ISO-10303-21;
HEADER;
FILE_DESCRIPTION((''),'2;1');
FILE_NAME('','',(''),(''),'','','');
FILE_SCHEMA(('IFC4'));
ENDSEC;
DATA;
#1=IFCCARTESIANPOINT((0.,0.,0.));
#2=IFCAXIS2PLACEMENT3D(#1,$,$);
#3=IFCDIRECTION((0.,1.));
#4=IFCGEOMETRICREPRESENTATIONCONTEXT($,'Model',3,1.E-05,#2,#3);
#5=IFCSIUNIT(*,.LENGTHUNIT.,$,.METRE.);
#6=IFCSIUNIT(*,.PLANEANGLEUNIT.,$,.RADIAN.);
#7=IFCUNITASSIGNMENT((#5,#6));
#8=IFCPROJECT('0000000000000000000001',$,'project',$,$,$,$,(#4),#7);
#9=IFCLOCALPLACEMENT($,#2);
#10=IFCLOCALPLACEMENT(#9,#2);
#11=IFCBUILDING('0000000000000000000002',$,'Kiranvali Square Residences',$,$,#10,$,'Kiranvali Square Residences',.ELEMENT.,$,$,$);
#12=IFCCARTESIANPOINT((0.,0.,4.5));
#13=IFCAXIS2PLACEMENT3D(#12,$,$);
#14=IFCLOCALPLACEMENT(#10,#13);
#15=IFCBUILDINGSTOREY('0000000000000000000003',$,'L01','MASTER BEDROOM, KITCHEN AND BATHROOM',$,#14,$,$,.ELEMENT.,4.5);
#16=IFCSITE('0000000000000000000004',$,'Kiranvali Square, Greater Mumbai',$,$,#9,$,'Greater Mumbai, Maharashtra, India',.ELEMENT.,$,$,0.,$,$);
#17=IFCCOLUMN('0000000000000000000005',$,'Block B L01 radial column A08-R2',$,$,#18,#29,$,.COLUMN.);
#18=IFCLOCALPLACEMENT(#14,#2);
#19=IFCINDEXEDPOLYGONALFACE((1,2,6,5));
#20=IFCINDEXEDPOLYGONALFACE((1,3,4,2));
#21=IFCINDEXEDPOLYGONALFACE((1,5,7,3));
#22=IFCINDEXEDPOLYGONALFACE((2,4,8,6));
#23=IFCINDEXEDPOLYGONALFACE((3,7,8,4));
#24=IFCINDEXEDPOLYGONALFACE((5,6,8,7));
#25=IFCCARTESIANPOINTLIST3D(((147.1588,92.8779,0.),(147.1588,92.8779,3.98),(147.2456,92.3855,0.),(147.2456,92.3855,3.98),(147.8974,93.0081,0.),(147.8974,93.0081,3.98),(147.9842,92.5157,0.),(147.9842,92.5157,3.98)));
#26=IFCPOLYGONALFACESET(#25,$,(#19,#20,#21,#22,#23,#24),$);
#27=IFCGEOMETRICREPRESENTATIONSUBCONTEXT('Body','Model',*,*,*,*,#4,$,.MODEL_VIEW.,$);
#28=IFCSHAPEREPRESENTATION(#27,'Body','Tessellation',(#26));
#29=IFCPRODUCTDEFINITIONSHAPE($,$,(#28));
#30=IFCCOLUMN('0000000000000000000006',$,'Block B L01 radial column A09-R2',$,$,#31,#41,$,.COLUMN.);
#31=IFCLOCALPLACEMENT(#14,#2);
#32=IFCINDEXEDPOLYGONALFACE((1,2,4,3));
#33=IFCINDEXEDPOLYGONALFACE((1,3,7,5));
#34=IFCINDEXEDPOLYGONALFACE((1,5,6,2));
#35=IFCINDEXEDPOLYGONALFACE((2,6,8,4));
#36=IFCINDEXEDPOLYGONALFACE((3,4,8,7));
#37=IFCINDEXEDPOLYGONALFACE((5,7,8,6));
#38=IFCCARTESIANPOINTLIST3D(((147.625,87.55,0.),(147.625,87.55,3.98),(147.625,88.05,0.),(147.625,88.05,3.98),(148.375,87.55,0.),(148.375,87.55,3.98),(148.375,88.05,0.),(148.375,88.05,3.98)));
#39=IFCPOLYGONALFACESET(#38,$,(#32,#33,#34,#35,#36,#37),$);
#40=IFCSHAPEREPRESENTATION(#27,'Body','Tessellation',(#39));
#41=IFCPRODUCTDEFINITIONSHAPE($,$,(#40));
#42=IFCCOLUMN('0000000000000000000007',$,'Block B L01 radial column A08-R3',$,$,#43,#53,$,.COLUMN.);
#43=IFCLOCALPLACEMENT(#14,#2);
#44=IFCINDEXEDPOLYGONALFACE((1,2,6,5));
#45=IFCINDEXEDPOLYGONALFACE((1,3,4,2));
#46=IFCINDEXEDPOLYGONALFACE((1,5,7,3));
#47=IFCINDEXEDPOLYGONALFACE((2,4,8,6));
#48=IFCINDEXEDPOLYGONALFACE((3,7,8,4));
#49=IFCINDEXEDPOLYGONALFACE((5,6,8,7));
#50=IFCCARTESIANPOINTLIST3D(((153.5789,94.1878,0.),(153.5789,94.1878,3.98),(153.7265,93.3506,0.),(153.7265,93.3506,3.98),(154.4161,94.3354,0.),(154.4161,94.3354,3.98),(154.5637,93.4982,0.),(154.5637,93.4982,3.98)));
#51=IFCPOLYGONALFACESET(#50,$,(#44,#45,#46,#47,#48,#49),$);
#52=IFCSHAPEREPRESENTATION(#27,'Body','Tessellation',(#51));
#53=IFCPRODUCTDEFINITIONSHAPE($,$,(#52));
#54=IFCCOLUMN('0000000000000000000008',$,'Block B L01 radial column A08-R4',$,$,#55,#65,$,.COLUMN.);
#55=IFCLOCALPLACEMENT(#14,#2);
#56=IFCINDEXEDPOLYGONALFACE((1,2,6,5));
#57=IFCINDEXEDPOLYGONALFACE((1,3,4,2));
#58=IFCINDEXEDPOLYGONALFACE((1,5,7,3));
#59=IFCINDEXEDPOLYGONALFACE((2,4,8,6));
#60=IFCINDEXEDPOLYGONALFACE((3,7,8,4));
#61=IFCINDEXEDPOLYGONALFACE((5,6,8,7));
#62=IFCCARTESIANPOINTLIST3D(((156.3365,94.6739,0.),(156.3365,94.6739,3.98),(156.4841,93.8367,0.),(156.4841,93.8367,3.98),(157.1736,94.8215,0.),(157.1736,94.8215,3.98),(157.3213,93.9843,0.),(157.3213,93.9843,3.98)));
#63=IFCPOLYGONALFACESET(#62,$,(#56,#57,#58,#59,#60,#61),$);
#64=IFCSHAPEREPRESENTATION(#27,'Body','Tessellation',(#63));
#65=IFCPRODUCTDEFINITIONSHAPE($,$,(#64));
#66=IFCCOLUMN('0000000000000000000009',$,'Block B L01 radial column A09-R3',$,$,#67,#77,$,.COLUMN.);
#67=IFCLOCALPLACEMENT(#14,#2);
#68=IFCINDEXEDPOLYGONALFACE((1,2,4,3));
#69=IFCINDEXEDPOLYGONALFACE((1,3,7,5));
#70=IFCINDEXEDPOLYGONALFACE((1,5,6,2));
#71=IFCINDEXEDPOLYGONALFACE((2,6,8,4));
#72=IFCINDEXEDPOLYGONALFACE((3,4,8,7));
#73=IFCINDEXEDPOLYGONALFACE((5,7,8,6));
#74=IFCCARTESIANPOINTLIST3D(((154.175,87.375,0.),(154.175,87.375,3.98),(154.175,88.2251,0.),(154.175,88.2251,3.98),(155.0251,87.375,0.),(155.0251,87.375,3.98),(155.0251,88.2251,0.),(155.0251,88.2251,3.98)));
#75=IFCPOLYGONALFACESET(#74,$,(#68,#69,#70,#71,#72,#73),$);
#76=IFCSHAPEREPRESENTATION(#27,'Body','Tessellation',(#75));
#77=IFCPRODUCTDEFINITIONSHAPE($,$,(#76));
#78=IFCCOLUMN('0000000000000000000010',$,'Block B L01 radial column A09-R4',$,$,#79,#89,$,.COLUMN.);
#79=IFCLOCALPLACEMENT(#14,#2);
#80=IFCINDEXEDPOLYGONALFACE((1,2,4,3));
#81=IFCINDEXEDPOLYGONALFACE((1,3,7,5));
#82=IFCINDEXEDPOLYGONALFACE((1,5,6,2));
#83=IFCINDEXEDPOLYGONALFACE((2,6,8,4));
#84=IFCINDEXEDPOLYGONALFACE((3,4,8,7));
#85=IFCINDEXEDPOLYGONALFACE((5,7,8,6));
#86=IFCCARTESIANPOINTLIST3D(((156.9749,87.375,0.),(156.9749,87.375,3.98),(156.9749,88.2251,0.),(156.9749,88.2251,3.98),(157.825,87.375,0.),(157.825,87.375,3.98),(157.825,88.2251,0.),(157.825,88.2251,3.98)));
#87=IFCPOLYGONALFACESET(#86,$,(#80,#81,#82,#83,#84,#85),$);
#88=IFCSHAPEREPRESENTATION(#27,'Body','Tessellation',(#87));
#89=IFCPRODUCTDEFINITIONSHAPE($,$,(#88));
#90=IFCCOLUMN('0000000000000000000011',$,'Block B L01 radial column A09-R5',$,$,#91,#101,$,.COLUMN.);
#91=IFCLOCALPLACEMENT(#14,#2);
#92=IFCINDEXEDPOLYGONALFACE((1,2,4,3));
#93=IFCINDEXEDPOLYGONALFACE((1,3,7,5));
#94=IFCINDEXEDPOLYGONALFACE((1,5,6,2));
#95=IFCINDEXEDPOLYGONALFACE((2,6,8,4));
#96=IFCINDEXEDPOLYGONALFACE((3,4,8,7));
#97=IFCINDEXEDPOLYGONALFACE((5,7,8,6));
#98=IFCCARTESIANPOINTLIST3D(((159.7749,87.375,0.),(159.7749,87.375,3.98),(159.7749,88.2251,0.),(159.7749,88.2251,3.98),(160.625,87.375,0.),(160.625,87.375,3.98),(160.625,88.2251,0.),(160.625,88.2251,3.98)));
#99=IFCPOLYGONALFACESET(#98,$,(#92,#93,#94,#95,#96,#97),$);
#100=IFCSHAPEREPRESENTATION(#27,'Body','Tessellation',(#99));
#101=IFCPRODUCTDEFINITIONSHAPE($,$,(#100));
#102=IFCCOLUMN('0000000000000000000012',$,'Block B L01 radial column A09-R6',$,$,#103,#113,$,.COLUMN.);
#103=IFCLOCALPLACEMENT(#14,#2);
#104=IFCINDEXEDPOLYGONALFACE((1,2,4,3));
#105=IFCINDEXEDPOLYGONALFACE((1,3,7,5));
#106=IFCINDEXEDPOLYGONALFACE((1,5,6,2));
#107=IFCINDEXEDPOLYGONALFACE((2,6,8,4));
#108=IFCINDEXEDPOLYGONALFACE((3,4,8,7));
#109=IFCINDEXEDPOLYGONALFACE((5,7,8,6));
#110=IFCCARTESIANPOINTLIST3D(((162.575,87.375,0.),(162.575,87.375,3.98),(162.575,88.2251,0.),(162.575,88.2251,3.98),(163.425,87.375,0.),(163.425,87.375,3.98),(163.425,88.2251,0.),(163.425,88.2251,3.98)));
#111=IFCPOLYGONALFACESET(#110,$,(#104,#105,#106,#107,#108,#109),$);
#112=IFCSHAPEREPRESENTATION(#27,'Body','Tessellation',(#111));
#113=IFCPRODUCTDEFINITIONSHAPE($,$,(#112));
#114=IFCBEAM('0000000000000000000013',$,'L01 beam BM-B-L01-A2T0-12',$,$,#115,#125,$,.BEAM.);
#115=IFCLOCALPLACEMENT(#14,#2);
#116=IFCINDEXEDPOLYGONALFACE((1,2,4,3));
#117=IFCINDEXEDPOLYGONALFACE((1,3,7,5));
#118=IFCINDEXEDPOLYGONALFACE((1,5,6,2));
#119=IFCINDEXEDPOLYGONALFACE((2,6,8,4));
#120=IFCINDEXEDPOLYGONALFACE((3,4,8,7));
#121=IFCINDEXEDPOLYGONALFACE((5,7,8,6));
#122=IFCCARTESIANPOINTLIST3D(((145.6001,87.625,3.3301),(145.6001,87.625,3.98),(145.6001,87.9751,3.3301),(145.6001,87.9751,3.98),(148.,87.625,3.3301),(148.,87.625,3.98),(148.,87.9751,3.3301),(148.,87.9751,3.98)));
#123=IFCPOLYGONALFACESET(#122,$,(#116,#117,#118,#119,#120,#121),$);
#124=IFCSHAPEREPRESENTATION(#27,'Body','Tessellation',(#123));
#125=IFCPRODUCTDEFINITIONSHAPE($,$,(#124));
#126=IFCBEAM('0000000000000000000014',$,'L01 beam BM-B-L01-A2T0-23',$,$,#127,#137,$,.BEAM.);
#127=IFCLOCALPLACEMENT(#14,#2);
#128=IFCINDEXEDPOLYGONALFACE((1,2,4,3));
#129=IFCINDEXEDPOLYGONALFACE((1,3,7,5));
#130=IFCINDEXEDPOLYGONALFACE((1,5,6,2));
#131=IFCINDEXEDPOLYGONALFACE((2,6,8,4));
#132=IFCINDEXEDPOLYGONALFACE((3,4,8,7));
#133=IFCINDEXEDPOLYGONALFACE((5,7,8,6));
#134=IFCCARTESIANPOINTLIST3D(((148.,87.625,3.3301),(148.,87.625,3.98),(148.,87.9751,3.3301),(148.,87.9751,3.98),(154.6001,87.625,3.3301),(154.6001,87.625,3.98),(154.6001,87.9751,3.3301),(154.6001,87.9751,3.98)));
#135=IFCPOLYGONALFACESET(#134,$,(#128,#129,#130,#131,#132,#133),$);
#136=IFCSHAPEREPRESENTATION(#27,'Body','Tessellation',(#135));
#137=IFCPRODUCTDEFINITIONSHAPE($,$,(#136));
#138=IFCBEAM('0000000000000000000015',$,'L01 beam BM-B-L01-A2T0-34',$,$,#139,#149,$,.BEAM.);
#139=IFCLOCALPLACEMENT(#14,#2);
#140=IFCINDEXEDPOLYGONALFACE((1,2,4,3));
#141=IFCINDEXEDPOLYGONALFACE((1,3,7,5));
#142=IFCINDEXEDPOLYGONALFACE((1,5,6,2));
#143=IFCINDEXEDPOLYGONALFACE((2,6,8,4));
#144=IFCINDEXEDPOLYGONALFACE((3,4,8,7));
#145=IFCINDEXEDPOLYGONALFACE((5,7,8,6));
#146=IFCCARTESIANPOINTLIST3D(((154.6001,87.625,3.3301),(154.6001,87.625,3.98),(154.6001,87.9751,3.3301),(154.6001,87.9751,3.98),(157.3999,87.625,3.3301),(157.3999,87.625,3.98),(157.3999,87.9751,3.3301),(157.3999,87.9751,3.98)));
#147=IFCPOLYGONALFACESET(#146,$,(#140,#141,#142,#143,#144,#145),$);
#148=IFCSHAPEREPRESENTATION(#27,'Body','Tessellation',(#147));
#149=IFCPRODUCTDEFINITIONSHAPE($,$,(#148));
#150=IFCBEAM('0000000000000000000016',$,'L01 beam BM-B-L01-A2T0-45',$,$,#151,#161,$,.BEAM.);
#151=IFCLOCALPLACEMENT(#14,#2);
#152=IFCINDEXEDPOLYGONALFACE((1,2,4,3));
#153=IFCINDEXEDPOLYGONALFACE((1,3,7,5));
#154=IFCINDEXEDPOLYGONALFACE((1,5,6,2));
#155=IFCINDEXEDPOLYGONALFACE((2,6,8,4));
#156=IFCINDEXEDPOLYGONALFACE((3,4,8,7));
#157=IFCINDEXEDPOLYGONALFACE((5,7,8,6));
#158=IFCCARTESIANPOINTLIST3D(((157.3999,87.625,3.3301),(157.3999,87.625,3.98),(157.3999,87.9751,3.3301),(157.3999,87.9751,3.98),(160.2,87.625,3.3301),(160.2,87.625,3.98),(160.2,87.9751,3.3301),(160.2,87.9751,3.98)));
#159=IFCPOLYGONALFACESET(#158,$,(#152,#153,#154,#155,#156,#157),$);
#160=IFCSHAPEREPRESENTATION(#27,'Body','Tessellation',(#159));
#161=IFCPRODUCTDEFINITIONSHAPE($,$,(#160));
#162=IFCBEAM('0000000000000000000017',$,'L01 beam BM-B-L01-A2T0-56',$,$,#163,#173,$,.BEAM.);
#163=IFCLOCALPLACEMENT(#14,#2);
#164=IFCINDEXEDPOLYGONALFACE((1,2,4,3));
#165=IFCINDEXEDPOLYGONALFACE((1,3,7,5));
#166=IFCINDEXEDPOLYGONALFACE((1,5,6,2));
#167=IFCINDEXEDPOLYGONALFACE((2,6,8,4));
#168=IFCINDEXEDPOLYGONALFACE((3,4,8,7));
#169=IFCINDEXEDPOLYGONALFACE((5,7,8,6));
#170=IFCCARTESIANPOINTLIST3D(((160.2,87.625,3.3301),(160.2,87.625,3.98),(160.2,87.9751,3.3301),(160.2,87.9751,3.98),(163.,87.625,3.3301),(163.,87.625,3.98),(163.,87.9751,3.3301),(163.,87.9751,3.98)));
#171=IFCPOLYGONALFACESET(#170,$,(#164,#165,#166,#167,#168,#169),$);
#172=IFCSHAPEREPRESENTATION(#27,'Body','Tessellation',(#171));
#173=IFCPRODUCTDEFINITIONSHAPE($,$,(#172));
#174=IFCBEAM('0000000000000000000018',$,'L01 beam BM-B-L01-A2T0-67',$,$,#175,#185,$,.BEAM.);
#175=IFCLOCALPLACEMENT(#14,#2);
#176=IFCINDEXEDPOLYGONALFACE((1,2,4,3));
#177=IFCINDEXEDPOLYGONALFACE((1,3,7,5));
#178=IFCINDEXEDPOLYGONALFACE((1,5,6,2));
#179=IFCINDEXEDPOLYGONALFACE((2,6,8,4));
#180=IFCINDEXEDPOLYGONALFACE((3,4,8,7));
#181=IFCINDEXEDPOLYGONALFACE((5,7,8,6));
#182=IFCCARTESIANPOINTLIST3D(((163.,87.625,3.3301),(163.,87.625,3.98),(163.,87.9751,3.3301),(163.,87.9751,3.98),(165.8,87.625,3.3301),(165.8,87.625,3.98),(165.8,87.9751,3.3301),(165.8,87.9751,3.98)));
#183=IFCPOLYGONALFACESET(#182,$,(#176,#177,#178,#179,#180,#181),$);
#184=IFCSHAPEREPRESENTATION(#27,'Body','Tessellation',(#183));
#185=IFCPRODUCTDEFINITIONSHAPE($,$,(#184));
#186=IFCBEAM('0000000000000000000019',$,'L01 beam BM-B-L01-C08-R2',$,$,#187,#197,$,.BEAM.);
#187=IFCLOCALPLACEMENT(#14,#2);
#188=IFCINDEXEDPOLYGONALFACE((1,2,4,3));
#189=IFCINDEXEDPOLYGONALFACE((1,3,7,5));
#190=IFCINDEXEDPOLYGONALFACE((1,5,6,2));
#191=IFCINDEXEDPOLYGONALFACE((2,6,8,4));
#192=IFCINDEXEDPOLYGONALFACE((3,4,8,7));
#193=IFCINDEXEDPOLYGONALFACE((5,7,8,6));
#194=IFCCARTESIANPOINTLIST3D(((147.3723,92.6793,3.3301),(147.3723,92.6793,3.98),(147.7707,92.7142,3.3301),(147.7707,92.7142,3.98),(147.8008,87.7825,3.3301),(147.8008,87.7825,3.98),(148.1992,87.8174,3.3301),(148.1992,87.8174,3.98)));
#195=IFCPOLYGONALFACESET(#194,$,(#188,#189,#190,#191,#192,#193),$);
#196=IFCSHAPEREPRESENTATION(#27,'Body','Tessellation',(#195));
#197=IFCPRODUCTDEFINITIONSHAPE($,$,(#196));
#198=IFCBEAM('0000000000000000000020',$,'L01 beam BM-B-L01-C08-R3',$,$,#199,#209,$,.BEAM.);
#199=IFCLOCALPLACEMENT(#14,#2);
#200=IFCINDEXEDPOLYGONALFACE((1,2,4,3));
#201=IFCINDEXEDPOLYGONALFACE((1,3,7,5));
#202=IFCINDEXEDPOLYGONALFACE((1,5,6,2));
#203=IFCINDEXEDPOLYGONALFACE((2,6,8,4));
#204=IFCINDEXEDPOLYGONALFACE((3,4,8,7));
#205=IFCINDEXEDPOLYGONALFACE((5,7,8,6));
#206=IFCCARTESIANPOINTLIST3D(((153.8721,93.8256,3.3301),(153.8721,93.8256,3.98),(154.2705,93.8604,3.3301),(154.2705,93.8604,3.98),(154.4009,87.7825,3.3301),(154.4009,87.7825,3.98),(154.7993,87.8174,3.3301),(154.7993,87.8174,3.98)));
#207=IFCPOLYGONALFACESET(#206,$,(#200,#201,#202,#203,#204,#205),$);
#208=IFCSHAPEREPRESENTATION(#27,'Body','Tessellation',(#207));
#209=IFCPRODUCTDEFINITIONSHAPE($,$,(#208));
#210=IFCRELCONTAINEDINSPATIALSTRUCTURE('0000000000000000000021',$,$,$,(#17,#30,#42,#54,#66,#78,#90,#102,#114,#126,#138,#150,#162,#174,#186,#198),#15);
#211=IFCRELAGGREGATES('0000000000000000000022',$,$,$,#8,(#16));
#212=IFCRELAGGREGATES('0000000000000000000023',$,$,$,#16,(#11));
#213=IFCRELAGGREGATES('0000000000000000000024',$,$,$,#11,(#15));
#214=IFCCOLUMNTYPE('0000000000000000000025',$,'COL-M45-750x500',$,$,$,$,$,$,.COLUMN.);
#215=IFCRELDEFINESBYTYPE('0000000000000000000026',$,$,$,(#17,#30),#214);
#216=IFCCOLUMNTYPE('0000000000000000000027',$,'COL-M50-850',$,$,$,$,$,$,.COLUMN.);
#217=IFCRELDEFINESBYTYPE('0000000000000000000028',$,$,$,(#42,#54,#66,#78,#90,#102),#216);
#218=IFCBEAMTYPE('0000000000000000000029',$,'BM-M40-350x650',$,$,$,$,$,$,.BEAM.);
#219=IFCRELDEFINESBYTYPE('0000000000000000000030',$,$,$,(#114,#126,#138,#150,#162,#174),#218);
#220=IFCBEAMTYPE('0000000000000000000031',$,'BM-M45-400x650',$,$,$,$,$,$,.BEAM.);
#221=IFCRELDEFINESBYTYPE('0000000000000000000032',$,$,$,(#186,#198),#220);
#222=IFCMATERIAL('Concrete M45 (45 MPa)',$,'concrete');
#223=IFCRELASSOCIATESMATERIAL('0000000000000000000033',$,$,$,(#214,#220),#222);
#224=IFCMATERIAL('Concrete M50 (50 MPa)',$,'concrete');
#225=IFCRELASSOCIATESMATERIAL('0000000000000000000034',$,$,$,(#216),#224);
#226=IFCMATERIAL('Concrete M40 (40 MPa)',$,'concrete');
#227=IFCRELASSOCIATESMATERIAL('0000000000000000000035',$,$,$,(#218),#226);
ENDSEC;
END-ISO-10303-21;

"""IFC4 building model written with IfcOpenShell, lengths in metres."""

from ifc_helpers import new_model, si_unit, direction, frame, origin, origin_2d, place, context, subcontext, project, spatial, rectangle, extrude, material, material_profile, profile_set, type_object, element, save


model = new_model("IFC4")

# Units and contexts
model_context = context("Model", 3, precision=1e-05, world=origin(), true_north=direction((0.0, 1.0)))
body_context = subcontext(model_context, "Body", "Model", "MODEL_VIEW")
ifc_project = project(units=[si_unit("LENGTHUNIT", "METRE"), si_unit("PLANEANGLEUNIT", "RADIAN")], contexts=[model_context])

# Site, building, storey
site_placement = place(None, origin())
site = spatial("IfcSite", under=ifc_project, at=site_placement, Name="Kiranvali Square, Greater Mumbai", LongName="Greater Mumbai, Maharashtra, India", CompositionType="ELEMENT", RefElevation=0.0)
building_placement = place(site_placement, origin())
building = spatial("IfcBuilding", under=site, at=building_placement, Name="Kiranvali Square Residences", LongName="Kiranvali Square Residences", CompositionType="ELEMENT")
storey_placement = place(building_placement, frame((0.0, 0.0, 4.5)))
storey = spatial("IfcBuildingStorey", under=building, at=storey_placement, Name="L01", Description="MASTER BEDROOM, KITCHEN AND BATHROOM", CompositionType="ELEMENT", Elevation=4.5)

# Columns
ifc_material_1 = material(Name="Concrete M45 (45 MPa)", Category="concrete")
ifc_material_profile_1 = material_profile(ifc_material_1, rectangle(XDim=0.5, YDim=0.75, at=origin_2d()), Name="RC 750x500")
ifc_profile_set_1 = profile_set([ifc_material_profile_1], Name="Concrete M45 (45 MPa)")
column_type_1 = type_object("IfcColumnType", Name="COL-M45-750x500", PredefinedType="COLUMN", material=ifc_profile_set_1)
for number, where, z_axis, x_axis, name in (
    (1, (147.5715, 92.6968, 0.0), (0.0, 0.0, 1.0), (-0.173648, 0.984808, 0.0), "Block B L01 radial column A08-R2"),
    (2, (148.0, 87.8, 0.0), (0.0, 0.0, 1.0), (0.0, 1.0, 0.0), "Block B L01 radial column A09-R2"),
):
    element("IfcColumn", number, at=place(storey_placement, frame(where, z_axis=z_axis, x_axis=x_axis)), inside=storey, type_object=column_type_1, Name=name, PredefinedType="COLUMN", context=body_context, shape_type="SweptSolid", body=[
        extrude(rectangle(XDim=0.5, YDim=0.75, at=origin_2d()), origin(), (0.0, 0.0, 1.0), 3.98),
    ])
ifc_material_2 = material(Name="Concrete M50 (50 MPa)", Category="concrete")
ifc_material_profile_2 = material_profile(ifc_material_2, rectangle(XDim=0.8501, YDim=0.8501, at=origin_2d()), Name="RC 850x850")
ifc_profile_set_2 = profile_set([ifc_material_profile_2], Name="Concrete M50 (50 MPa)")
column_type_2 = type_object("IfcColumnType", Name="COL-M50-850", PredefinedType="COLUMN", material=ifc_profile_set_2)
for number, where, z_axis, x_axis, name in (
    (3, (154.0713, 93.843, 0.0), (0.0, 0.0, 1.0), (-0.173648, 0.984808, 0.0), "Block B L01 radial column A08-R3"),
    (4, (156.8289, 94.3291, 0.0), (0.0, 0.0, 1.0), (-0.173648, 0.984808, 0.0), "Block B L01 radial column A08-R4"),
    (5, (154.6001, 87.8, 0.0), (0.0, 0.0, 1.0), (0.0, 1.0, 0.0), "Block B L01 radial column A09-R3"),
    (6, (157.3999, 87.8, 0.0), (0.0, 0.0, 1.0), (0.0, 1.0, 0.0), "Block B L01 radial column A09-R4"),
    (7, (160.2, 87.8, 0.0), (0.0, 0.0, 1.0), (0.0, 1.0, 0.0), "Block B L01 radial column A09-R5"),
    (8, (163.0, 87.8, 0.0), (0.0, 0.0, 1.0), (0.0, 1.0, 0.0), "Block B L01 radial column A09-R6"),
):
    element("IfcColumn", number, at=place(storey_placement, frame(where, z_axis=z_axis, x_axis=x_axis)), inside=storey, type_object=column_type_2, Name=name, PredefinedType="COLUMN", context=body_context, shape_type="SweptSolid", body=[
        extrude(rectangle(XDim=0.8501, YDim=0.8501, at=origin_2d()), origin(), (0.0, 0.0, 1.0), 3.98),
    ])

# Beams
ifc_material_3 = material(Name="Concrete M40 (40 MPa)", Category="concrete")
ifc_material_profile_3 = material_profile(ifc_material_3, rectangle(XDim=0.3501, YDim=0.6499, at=origin_2d()), Name="RC 350x650")
ifc_profile_set_3 = profile_set([ifc_material_profile_3], Name="Concrete M40 (40 MPa)")
beam_type_1 = type_object("IfcBeamType", Name="BM-M40-350x650", PredefinedType="BEAM", material=ifc_profile_set_3)
beam_1_placement = place(storey_placement, frame((145.6001, 87.8, 3.655), z_axis=(1.0, 0.0, 0.0), x_axis=(0.0, 1.0, 0.0)))
element("IfcBeam", 9, at=beam_1_placement, inside=storey, type_object=beam_type_1, Name="L01 beam BM-B-L01-A2T0-12", PredefinedType="BEAM", context=body_context, shape_type="SweptSolid", body=[
    extrude(rectangle(XDim=0.3501, YDim=0.6499, at=origin_2d()), origin(), (0.0, 0.0, 1.0), 2.3999),
])
beam_2_placement = place(storey_placement, frame((148.0, 87.8, 3.655), z_axis=(1.0, 0.0, 0.0), x_axis=(0.0, 1.0, 0.0)))
element("IfcBeam", 10, at=beam_2_placement, inside=storey, type_object=beam_type_1, Name="L01 beam BM-B-L01-A2T0-23", PredefinedType="BEAM", context=body_context, shape_type="SweptSolid", body=[
    extrude(rectangle(XDim=0.3501, YDim=0.6499, at=origin_2d()), origin(), (0.0, 0.0, 1.0), 6.6001),
])
beam_3_placement = place(storey_placement, frame((154.6001, 87.8, 3.655), z_axis=(1.0, 0.0, 0.0), x_axis=(0.0, 1.0, 0.0)))
element("IfcBeam", 11, at=beam_3_placement, inside=storey, type_object=beam_type_1, Name="L01 beam BM-B-L01-A2T0-34", PredefinedType="BEAM", context=body_context, shape_type="SweptSolid", body=[
    extrude(rectangle(XDim=0.3501, YDim=0.6499, at=origin_2d()), origin(), (0.0, 0.0, 1.0), 2.7998),
])
for number, where, z_axis, x_axis, name in (
    (12, (157.3999, 87.8, 3.655), (1.0, 0.0, 0.0), (0.0, 1.0, 0.0), "L01 beam BM-B-L01-A2T0-45"),
    (13, (160.2, 87.8, 3.655), (1.0, 0.0, 0.0), (0.0, 1.0, 0.0), "L01 beam BM-B-L01-A2T0-56"),
    (14, (163.0, 87.8, 3.655), (1.0, 0.0, 0.0), (0.0, 1.0, 0.0), "L01 beam BM-B-L01-A2T0-67"),
):
    element("IfcBeam", number, at=place(storey_placement, frame(where, z_axis=z_axis, x_axis=x_axis)), inside=storey, type_object=beam_type_1, Name=name, PredefinedType="BEAM", context=body_context, shape_type="SweptSolid", body=[
        extrude(rectangle(XDim=0.3501, YDim=0.6499, at=origin_2d()), origin(), (0.0, 0.0, 1.0), 2.8),
    ])
ifc_material_profile_4 = material_profile(ifc_material_1, rectangle(XDim=0.3999, YDim=0.6499, at=origin_2d()), Name="RC 400x650")
ifc_profile_set_4 = profile_set([ifc_material_profile_4], Name="Concrete M45 (45 MPa)")
beam_type_2 = type_object("IfcBeamType", Name="BM-M45-400x650", PredefinedType="BEAM", material=ifc_profile_set_4)
beam_4_placement = place(storey_placement, frame((147.5715, 92.6968, 3.655), z_axis=(0.087168, -0.996194, 0.0), x_axis=(0.996194, 0.087168, 0.0)))
element("IfcBeam", 15, at=beam_4_placement, inside=storey, type_object=beam_type_2, Name="L01 beam BM-B-L01-C08-R2", PredefinedType="BEAM", context=body_context, shape_type="SweptSolid", body=[
    extrude(rectangle(XDim=0.3999, YDim=0.6499, at=origin_2d()), origin(), (0.0, 0.0, 1.0), 4.9155),
])
beam_5_placement = place(storey_placement, frame((154.0713, 93.843, 3.655), z_axis=(0.087175, -0.996193, 0.0), x_axis=(0.996193, 0.087175, 0.0)))
element("IfcBeam", 16, at=beam_5_placement, inside=storey, type_object=beam_type_2, Name="L01 beam BM-B-L01-C08-R3", PredefinedType="BEAM", context=body_context, shape_type="SweptSolid", body=[
    extrude(rectangle(XDim=0.3999, YDim=0.6499, at=origin_2d()), origin(), (0.0, 0.0, 1.0), 6.0662),
])

save(model, "model.ifc")
